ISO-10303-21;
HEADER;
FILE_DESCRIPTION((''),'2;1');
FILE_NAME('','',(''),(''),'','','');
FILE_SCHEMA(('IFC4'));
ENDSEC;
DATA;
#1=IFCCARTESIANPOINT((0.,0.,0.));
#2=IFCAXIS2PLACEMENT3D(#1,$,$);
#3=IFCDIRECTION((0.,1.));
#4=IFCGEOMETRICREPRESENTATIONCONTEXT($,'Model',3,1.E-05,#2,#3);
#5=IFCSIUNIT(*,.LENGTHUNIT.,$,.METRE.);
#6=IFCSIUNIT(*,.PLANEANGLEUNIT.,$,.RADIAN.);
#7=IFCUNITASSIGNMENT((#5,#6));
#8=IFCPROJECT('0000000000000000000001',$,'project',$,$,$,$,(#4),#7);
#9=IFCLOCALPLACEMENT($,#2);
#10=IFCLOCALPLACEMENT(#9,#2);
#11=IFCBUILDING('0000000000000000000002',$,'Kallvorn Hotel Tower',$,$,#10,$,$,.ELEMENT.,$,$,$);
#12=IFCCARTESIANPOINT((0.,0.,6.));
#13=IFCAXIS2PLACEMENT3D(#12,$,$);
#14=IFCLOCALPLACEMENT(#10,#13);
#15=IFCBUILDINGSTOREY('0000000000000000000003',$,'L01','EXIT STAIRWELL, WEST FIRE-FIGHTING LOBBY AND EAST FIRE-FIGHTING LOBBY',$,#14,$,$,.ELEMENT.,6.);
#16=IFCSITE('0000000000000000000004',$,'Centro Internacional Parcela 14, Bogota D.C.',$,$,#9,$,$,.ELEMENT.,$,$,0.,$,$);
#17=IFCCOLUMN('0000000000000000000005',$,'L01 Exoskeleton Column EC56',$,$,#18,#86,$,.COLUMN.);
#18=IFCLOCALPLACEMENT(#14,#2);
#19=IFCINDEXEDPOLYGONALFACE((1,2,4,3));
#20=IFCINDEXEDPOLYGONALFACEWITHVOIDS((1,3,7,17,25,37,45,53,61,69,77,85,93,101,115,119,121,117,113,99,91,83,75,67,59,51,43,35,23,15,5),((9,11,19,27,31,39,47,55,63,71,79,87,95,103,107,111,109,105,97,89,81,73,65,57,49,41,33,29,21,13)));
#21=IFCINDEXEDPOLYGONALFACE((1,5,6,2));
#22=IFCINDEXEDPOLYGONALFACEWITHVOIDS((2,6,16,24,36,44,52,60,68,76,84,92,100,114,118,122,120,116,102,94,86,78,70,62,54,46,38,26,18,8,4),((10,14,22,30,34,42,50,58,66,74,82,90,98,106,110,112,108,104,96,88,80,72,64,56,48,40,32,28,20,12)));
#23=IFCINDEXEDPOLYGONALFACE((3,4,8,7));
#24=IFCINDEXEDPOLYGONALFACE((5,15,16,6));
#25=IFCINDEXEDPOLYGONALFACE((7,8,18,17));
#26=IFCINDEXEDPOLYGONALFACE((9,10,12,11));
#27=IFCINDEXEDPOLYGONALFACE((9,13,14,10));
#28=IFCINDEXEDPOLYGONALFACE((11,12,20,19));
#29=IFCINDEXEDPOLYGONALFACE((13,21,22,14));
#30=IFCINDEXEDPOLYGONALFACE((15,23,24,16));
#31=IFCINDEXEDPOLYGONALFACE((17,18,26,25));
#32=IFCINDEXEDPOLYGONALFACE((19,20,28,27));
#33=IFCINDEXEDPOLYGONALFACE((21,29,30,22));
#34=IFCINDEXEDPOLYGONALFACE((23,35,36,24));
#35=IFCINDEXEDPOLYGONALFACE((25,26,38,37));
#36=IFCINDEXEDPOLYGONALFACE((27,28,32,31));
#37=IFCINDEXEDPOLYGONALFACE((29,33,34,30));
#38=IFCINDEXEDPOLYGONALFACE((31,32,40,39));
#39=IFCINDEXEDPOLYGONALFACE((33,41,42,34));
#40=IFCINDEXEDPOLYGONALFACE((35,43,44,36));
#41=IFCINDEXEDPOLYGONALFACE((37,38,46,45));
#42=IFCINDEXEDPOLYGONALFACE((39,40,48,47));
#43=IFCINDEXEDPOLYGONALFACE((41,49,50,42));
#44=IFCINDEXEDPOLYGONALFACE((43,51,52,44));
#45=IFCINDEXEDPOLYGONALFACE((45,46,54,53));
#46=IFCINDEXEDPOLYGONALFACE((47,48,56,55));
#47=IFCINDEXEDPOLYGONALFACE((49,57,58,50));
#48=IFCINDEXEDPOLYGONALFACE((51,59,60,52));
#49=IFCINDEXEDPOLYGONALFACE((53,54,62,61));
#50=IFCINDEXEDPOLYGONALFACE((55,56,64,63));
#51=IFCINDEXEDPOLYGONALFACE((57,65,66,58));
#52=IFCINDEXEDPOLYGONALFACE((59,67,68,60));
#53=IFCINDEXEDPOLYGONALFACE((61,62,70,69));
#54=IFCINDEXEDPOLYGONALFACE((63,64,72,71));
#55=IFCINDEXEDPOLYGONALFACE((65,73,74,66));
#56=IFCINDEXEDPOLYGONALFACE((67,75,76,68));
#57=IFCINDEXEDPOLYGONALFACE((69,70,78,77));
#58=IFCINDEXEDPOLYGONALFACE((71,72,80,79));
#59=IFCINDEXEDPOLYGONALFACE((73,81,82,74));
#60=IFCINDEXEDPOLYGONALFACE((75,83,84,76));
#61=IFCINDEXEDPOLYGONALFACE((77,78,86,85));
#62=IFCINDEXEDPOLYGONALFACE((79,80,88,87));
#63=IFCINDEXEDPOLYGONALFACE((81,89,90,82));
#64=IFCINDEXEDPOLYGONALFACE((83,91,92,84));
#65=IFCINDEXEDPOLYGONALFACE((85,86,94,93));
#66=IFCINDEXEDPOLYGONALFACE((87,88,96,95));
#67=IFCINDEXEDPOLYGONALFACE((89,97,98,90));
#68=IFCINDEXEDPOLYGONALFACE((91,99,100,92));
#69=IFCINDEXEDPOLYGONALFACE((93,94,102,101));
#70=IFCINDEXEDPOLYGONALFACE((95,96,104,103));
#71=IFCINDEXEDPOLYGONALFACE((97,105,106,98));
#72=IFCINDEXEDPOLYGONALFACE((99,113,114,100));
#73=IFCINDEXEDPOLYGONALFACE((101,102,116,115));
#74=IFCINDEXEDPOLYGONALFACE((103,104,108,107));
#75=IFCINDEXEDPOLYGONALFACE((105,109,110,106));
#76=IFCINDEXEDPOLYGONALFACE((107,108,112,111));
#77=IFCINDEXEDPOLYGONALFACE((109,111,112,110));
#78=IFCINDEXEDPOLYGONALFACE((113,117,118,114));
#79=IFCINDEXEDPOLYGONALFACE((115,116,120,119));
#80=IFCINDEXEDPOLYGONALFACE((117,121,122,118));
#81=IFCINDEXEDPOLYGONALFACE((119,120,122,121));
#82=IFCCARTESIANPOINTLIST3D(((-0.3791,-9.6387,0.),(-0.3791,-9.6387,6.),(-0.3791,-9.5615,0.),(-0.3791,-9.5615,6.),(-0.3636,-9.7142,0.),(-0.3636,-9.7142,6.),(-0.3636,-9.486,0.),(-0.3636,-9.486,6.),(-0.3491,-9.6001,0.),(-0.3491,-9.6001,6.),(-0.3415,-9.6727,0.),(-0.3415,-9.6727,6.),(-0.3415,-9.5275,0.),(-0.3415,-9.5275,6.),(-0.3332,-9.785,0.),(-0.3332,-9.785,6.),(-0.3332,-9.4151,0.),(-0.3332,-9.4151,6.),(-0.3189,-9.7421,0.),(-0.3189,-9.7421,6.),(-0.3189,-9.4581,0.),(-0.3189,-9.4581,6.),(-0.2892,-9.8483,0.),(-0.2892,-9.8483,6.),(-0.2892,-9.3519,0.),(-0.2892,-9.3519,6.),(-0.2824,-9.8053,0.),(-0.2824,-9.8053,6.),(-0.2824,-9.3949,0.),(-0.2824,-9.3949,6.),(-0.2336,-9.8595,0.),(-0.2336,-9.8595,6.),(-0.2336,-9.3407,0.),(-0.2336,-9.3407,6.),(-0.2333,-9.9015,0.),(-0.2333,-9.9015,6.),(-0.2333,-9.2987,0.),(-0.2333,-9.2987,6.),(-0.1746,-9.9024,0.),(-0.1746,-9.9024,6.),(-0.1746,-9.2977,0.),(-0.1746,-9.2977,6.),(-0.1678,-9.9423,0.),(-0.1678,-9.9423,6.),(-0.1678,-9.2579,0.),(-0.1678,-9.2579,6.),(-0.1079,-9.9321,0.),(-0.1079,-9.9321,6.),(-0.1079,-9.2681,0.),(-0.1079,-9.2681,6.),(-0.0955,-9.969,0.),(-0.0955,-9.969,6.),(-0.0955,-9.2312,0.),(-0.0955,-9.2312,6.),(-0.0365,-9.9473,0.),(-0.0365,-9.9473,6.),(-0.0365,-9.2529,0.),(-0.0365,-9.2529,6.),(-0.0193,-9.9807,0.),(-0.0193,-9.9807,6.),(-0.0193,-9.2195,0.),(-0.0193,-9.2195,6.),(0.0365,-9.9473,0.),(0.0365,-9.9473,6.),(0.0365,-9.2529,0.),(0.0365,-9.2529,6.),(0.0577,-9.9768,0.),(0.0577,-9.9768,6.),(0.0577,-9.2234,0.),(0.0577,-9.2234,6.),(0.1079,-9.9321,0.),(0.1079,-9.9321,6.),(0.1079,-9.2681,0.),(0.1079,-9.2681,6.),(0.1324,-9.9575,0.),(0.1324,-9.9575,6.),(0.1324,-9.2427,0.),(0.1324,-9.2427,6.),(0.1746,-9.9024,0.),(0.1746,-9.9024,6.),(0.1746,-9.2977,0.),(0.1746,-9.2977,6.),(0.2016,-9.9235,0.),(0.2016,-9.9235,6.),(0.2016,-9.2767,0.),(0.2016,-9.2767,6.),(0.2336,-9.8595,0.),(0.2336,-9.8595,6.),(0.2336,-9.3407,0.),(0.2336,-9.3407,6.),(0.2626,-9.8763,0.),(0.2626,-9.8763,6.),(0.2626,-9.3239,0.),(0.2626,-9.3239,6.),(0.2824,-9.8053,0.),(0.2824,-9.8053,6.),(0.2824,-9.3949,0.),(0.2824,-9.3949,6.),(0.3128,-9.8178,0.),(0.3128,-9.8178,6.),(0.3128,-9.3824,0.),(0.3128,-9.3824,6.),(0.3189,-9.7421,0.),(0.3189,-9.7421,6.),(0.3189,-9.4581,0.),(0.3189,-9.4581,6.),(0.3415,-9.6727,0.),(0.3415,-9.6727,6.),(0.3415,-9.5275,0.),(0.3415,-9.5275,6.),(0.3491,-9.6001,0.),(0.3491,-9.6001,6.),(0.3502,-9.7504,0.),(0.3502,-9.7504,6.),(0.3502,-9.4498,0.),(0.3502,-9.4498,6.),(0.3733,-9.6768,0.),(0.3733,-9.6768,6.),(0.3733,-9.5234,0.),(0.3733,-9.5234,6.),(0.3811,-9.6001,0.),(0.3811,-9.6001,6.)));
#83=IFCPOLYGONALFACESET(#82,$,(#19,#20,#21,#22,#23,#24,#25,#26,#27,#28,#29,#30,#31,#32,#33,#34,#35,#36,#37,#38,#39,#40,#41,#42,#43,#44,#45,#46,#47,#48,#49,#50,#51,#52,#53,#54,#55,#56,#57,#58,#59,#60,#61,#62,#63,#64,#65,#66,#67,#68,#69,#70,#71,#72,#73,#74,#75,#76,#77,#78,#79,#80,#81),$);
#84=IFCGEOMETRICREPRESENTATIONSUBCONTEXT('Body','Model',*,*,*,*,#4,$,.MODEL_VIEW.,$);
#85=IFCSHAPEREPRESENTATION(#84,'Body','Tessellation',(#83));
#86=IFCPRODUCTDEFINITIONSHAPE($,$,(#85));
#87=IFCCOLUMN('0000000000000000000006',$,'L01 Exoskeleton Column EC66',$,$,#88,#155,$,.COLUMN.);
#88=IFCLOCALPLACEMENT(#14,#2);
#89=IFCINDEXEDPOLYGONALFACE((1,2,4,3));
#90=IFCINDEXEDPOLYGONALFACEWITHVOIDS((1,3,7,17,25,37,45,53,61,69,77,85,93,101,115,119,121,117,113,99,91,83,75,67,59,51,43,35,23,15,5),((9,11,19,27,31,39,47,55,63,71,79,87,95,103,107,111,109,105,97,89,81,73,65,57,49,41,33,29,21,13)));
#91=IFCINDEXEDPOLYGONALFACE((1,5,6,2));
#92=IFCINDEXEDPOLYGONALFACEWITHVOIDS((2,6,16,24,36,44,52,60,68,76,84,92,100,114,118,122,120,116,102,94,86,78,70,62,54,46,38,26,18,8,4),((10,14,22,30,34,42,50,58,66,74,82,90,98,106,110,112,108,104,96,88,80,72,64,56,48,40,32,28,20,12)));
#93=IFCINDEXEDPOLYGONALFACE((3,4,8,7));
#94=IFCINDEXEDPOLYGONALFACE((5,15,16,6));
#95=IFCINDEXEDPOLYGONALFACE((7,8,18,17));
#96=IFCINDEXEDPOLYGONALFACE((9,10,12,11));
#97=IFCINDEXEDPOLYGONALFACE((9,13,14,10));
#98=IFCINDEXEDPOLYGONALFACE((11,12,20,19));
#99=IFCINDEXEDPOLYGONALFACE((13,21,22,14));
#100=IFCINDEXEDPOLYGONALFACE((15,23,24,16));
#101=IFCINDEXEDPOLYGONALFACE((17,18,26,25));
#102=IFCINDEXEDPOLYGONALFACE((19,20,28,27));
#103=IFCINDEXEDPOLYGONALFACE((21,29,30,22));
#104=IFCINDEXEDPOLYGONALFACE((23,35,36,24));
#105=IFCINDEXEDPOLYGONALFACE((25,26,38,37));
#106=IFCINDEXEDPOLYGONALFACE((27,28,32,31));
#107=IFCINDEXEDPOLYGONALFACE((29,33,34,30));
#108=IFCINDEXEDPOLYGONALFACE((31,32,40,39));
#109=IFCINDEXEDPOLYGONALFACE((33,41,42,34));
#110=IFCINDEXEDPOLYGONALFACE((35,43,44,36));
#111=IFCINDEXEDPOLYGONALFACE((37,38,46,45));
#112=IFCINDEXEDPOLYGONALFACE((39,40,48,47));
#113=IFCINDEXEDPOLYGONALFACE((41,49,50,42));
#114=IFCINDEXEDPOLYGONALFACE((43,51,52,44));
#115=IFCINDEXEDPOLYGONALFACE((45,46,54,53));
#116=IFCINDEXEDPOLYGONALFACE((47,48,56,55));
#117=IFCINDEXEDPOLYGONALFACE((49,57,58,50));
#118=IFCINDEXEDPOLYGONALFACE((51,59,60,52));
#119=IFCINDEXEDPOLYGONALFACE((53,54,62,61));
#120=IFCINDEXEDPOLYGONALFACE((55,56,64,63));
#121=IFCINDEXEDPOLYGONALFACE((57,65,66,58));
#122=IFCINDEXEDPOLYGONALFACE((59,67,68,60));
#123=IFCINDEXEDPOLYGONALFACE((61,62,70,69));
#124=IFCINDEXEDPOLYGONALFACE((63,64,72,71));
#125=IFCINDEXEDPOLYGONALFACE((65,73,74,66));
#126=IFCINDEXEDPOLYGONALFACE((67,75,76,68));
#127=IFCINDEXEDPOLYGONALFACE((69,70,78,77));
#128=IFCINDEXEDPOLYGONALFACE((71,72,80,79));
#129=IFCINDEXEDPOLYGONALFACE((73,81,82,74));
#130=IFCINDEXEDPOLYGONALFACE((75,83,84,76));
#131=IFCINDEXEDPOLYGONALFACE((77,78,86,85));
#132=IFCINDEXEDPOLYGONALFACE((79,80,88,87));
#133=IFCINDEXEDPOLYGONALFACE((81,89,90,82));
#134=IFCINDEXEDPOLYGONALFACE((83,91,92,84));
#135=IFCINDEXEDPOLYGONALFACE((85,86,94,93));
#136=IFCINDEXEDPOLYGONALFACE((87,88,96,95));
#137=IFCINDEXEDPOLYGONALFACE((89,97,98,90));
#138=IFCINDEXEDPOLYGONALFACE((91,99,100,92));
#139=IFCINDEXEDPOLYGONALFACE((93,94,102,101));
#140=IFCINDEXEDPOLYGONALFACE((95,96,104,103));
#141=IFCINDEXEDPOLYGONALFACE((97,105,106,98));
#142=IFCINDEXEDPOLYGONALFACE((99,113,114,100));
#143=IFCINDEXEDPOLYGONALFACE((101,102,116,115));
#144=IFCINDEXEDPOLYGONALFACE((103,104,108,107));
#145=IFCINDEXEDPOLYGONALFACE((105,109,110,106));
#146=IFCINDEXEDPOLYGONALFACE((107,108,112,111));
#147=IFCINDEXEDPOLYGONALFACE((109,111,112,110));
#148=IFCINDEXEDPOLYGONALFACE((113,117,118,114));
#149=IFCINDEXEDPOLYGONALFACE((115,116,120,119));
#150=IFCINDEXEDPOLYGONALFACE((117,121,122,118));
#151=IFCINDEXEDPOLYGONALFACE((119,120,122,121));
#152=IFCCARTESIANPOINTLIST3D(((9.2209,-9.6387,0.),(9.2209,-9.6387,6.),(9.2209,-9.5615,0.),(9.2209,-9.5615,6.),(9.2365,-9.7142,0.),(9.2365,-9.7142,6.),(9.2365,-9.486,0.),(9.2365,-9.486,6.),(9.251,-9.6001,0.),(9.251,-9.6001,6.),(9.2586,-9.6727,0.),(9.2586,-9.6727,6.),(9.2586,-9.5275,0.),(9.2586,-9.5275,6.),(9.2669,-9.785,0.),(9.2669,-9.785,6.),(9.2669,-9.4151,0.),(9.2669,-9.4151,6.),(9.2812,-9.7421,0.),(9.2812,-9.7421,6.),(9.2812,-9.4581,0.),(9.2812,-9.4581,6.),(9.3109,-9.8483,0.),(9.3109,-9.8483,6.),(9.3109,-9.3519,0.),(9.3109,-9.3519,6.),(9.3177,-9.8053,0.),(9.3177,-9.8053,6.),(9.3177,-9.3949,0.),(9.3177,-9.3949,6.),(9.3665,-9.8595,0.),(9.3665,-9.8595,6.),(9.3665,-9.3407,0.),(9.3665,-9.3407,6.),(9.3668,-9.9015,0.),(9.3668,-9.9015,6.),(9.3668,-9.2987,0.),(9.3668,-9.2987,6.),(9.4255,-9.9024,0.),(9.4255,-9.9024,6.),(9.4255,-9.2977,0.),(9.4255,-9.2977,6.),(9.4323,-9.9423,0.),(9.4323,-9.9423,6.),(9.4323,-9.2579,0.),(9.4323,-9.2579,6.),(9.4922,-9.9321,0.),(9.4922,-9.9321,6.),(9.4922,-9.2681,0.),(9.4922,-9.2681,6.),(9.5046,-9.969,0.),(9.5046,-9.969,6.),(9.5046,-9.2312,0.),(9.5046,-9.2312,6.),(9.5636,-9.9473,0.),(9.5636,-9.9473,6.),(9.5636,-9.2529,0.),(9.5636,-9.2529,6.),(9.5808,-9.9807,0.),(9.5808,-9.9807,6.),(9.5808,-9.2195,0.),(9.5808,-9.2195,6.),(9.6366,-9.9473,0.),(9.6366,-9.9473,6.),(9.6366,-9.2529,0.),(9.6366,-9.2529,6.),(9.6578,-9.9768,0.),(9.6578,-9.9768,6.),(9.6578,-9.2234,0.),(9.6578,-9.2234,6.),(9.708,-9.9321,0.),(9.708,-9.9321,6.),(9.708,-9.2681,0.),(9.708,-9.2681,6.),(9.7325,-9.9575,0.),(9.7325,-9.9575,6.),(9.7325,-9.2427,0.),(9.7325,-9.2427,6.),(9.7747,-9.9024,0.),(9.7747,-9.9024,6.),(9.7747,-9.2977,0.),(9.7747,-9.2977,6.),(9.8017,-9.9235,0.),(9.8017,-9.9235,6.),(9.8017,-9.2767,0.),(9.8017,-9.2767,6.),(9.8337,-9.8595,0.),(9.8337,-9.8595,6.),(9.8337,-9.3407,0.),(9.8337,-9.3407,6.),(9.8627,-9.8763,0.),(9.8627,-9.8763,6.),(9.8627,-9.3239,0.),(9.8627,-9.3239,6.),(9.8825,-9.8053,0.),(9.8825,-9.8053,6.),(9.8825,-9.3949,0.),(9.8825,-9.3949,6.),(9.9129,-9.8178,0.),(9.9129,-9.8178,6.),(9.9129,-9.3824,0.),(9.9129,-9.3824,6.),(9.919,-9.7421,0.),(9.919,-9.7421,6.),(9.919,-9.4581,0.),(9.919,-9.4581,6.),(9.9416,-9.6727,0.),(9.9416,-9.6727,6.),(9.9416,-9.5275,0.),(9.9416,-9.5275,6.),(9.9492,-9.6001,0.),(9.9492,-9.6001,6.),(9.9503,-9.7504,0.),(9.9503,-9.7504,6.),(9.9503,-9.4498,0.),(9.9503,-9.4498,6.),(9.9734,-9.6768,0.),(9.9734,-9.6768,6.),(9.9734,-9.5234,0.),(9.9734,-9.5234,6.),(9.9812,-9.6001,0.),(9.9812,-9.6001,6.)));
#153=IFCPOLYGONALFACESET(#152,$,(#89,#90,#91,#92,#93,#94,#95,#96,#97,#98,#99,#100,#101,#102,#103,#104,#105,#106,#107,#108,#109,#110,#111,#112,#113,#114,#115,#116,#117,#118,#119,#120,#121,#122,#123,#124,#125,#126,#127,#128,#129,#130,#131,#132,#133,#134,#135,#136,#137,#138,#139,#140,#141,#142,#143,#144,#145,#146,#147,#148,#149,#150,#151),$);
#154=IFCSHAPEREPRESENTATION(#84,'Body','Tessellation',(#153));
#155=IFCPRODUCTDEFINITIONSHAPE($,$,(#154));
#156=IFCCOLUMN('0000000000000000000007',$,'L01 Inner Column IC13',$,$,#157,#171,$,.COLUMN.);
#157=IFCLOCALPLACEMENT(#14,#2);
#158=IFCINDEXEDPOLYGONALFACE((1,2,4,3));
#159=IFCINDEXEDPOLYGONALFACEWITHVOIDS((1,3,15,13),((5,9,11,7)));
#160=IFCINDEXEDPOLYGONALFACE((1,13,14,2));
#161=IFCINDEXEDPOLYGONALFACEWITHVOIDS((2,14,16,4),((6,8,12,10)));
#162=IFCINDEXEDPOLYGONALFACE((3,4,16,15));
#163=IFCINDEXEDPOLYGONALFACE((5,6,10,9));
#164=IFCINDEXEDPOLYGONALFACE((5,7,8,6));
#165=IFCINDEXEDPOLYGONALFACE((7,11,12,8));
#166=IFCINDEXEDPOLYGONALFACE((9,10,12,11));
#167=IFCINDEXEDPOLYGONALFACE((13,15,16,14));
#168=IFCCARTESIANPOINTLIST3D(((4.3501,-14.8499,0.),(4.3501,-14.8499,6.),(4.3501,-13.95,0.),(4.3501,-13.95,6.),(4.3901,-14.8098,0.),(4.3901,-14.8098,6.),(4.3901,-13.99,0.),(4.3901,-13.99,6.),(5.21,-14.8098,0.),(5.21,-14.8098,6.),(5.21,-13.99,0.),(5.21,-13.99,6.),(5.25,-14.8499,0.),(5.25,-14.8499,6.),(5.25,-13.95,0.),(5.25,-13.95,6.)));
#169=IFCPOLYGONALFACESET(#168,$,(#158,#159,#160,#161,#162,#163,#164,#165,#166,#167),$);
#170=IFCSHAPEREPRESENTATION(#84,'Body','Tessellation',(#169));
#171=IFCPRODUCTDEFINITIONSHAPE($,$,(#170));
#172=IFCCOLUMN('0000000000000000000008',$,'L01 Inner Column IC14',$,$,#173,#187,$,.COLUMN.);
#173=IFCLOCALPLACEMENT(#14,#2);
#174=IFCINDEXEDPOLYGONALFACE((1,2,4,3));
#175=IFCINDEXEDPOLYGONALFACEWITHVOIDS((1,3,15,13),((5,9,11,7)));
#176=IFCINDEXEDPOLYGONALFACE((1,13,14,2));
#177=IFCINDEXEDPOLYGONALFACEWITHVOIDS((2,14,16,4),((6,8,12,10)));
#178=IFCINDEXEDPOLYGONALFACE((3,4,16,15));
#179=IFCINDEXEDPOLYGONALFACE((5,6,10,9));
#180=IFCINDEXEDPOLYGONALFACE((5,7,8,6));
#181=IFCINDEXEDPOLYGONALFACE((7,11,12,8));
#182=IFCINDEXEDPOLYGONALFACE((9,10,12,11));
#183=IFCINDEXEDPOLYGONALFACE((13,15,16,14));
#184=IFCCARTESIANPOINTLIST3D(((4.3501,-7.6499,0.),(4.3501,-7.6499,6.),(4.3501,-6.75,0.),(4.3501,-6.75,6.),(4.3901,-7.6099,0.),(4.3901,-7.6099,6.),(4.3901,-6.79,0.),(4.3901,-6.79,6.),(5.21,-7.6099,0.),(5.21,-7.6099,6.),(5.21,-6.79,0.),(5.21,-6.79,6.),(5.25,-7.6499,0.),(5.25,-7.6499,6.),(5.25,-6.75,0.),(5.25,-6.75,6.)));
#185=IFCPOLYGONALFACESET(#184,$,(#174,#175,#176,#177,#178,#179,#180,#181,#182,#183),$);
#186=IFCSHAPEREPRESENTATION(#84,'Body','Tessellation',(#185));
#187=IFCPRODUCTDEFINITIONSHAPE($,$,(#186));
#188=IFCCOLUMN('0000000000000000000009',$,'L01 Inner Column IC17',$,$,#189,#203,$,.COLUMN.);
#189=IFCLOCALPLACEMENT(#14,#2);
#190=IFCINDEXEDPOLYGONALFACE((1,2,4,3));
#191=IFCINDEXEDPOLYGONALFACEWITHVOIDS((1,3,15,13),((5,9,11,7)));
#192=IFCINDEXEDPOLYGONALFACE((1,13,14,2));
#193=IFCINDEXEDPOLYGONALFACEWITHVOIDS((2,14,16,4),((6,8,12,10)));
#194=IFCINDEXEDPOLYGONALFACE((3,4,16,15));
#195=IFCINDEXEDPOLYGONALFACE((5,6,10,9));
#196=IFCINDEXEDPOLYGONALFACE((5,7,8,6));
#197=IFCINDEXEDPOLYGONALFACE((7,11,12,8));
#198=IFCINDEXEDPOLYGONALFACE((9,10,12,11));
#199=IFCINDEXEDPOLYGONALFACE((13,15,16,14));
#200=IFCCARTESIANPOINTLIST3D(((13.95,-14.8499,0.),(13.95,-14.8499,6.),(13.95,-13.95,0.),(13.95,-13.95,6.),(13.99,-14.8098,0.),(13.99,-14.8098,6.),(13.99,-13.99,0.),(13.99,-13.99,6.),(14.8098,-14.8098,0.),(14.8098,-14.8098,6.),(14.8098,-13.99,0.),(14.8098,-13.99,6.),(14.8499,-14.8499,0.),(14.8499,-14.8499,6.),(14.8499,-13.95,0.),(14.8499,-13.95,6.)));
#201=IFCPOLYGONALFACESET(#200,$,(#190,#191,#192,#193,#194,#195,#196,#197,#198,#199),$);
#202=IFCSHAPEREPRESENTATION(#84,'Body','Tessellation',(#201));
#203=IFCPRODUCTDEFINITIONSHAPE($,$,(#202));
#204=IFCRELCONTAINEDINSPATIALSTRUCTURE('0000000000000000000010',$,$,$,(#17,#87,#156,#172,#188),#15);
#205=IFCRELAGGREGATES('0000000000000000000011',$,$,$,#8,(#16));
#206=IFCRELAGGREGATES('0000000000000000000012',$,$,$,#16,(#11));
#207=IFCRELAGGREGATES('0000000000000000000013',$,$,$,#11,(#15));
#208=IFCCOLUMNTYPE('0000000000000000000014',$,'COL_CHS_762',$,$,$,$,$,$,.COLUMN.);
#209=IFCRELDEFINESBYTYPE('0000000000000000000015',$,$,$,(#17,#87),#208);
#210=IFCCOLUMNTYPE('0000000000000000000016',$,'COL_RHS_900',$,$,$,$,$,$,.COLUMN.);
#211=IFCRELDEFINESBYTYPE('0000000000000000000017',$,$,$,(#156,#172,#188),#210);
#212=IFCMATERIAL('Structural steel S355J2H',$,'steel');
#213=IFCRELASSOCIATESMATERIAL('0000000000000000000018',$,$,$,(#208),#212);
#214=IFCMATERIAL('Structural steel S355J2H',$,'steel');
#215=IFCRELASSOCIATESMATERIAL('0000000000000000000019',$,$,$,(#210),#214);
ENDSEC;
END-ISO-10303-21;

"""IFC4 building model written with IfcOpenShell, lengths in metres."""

from ifc_helpers import new_model, si_unit, direction, frame, origin, origin_2d, place, context, subcontext, project, spatial, hollow_rectangle, hollow_circle, extrude, material, material_profile, profile_set, type_object, element, save


model = new_model("IFC4")

# Units and contexts
model_context = context("Model", 3, precision=1e-05, world=origin(), true_north=direction((0.0, 1.0)))
body_context = subcontext(model_context, "Body", "Model", "MODEL_VIEW")
ifc_project = project(units=[si_unit("LENGTHUNIT", "METRE"), si_unit("PLANEANGLEUNIT", "RADIAN")], contexts=[model_context])

# Site, building, storey
site_placement = place(None, origin())
site = spatial("IfcSite", under=ifc_project, at=site_placement, Name="Centro Internacional Parcela 14, Bogota D.C.", CompositionType="ELEMENT", RefElevation=0.0)
building_placement = place(site_placement, origin())
building = spatial("IfcBuilding", under=site, at=building_placement, Name="Kallvorn Hotel Tower", CompositionType="ELEMENT")
storey_placement = place(building_placement, frame((0.0, 0.0, 6.0)))
storey = spatial("IfcBuildingStorey", under=building, at=storey_placement, Name="L01", Description="EXIT STAIRWELL, WEST FIRE-FIGHTING LOBBY AND EAST FIRE-FIGHTING LOBBY", CompositionType="ELEMENT", Elevation=6.0)

# Columns
ifc_material_1 = material(Name="Structural steel S355J2H", Category="steel")
ifc_material_profile_1 = material_profile(ifc_material_1, hollow_circle(Radius=0.3811, WallThickness=0.032, at=origin_2d()), Name="CHS 762x32")
ifc_profile_set_1 = profile_set([ifc_material_profile_1], Name="Structural steel S355J2H")
column_type_1 = type_object("IfcColumnType", Name="COL_CHS_762", PredefinedType="COLUMN", material=ifc_profile_set_1)
for number, where, z_axis, x_axis, name in (
    (1, (0.0, -9.6001, 0.0), (0.0, 0.0, 1.0), (1.0, 0.0, 0.0), "L01 Exoskeleton Column EC56"),
    (2, (9.6001, -9.6001, 0.0), (0.0, 0.0, 1.0), (1.0, 0.0, 0.0), "L01 Exoskeleton Column EC66"),
):
    element("IfcColumn", number, at=place(storey_placement, frame(where, z_axis=z_axis, x_axis=x_axis)), inside=storey, type_object=column_type_1, Name=name, PredefinedType="COLUMN", context=body_context, shape_type="SweptSolid", body=[
        extrude(hollow_circle(Radius=0.3811, WallThickness=0.032, at=origin_2d()), origin(), (0.0, 0.0, 1.0), 6.0),
    ])
ifc_material_2 = material(Name="Structural steel S355J2H", Category="steel")
ifc_material_profile_2 = material_profile(ifc_material_2, hollow_rectangle(XDim=0.8999, YDim=0.8999, WallThickness=0.04, at=origin_2d()), Name="RHS 900x900x40")
ifc_profile_set_2 = profile_set([ifc_material_profile_2], Name="Structural steel S355J2H")
column_type_2 = type_object("IfcColumnType", Name="COL_RHS_900", PredefinedType="COLUMN", material=ifc_profile_set_2)
for number, where, z_axis, x_axis, name in (
    (3, (4.8, -14.3999, 0.0), (0.0, 0.0, 1.0), (1.0, 0.0, 0.0), "L01 Inner Column IC13"),
    (4, (4.8, -7.2, 0.0), (0.0, 0.0, 1.0), (1.0, 0.0, 0.0), "L01 Inner Column IC14"),
    (5, (14.3999, -14.3999, 0.0), (0.0, 0.0, 1.0), (1.0, 0.0, 0.0), "L01 Inner Column IC17"),
):
    element("IfcColumn", number, at=place(storey_placement, frame(where, z_axis=z_axis, x_axis=x_axis)), inside=storey, type_object=column_type_2, Name=name, PredefinedType="COLUMN", context=body_context, shape_type="SweptSolid", body=[
        extrude(hollow_rectangle(XDim=0.8999, YDim=0.8999, WallThickness=0.04, at=origin_2d()), origin(), (0.0, 0.0, 1.0), 6.0),
    ])

save(model, "model.ifc")
